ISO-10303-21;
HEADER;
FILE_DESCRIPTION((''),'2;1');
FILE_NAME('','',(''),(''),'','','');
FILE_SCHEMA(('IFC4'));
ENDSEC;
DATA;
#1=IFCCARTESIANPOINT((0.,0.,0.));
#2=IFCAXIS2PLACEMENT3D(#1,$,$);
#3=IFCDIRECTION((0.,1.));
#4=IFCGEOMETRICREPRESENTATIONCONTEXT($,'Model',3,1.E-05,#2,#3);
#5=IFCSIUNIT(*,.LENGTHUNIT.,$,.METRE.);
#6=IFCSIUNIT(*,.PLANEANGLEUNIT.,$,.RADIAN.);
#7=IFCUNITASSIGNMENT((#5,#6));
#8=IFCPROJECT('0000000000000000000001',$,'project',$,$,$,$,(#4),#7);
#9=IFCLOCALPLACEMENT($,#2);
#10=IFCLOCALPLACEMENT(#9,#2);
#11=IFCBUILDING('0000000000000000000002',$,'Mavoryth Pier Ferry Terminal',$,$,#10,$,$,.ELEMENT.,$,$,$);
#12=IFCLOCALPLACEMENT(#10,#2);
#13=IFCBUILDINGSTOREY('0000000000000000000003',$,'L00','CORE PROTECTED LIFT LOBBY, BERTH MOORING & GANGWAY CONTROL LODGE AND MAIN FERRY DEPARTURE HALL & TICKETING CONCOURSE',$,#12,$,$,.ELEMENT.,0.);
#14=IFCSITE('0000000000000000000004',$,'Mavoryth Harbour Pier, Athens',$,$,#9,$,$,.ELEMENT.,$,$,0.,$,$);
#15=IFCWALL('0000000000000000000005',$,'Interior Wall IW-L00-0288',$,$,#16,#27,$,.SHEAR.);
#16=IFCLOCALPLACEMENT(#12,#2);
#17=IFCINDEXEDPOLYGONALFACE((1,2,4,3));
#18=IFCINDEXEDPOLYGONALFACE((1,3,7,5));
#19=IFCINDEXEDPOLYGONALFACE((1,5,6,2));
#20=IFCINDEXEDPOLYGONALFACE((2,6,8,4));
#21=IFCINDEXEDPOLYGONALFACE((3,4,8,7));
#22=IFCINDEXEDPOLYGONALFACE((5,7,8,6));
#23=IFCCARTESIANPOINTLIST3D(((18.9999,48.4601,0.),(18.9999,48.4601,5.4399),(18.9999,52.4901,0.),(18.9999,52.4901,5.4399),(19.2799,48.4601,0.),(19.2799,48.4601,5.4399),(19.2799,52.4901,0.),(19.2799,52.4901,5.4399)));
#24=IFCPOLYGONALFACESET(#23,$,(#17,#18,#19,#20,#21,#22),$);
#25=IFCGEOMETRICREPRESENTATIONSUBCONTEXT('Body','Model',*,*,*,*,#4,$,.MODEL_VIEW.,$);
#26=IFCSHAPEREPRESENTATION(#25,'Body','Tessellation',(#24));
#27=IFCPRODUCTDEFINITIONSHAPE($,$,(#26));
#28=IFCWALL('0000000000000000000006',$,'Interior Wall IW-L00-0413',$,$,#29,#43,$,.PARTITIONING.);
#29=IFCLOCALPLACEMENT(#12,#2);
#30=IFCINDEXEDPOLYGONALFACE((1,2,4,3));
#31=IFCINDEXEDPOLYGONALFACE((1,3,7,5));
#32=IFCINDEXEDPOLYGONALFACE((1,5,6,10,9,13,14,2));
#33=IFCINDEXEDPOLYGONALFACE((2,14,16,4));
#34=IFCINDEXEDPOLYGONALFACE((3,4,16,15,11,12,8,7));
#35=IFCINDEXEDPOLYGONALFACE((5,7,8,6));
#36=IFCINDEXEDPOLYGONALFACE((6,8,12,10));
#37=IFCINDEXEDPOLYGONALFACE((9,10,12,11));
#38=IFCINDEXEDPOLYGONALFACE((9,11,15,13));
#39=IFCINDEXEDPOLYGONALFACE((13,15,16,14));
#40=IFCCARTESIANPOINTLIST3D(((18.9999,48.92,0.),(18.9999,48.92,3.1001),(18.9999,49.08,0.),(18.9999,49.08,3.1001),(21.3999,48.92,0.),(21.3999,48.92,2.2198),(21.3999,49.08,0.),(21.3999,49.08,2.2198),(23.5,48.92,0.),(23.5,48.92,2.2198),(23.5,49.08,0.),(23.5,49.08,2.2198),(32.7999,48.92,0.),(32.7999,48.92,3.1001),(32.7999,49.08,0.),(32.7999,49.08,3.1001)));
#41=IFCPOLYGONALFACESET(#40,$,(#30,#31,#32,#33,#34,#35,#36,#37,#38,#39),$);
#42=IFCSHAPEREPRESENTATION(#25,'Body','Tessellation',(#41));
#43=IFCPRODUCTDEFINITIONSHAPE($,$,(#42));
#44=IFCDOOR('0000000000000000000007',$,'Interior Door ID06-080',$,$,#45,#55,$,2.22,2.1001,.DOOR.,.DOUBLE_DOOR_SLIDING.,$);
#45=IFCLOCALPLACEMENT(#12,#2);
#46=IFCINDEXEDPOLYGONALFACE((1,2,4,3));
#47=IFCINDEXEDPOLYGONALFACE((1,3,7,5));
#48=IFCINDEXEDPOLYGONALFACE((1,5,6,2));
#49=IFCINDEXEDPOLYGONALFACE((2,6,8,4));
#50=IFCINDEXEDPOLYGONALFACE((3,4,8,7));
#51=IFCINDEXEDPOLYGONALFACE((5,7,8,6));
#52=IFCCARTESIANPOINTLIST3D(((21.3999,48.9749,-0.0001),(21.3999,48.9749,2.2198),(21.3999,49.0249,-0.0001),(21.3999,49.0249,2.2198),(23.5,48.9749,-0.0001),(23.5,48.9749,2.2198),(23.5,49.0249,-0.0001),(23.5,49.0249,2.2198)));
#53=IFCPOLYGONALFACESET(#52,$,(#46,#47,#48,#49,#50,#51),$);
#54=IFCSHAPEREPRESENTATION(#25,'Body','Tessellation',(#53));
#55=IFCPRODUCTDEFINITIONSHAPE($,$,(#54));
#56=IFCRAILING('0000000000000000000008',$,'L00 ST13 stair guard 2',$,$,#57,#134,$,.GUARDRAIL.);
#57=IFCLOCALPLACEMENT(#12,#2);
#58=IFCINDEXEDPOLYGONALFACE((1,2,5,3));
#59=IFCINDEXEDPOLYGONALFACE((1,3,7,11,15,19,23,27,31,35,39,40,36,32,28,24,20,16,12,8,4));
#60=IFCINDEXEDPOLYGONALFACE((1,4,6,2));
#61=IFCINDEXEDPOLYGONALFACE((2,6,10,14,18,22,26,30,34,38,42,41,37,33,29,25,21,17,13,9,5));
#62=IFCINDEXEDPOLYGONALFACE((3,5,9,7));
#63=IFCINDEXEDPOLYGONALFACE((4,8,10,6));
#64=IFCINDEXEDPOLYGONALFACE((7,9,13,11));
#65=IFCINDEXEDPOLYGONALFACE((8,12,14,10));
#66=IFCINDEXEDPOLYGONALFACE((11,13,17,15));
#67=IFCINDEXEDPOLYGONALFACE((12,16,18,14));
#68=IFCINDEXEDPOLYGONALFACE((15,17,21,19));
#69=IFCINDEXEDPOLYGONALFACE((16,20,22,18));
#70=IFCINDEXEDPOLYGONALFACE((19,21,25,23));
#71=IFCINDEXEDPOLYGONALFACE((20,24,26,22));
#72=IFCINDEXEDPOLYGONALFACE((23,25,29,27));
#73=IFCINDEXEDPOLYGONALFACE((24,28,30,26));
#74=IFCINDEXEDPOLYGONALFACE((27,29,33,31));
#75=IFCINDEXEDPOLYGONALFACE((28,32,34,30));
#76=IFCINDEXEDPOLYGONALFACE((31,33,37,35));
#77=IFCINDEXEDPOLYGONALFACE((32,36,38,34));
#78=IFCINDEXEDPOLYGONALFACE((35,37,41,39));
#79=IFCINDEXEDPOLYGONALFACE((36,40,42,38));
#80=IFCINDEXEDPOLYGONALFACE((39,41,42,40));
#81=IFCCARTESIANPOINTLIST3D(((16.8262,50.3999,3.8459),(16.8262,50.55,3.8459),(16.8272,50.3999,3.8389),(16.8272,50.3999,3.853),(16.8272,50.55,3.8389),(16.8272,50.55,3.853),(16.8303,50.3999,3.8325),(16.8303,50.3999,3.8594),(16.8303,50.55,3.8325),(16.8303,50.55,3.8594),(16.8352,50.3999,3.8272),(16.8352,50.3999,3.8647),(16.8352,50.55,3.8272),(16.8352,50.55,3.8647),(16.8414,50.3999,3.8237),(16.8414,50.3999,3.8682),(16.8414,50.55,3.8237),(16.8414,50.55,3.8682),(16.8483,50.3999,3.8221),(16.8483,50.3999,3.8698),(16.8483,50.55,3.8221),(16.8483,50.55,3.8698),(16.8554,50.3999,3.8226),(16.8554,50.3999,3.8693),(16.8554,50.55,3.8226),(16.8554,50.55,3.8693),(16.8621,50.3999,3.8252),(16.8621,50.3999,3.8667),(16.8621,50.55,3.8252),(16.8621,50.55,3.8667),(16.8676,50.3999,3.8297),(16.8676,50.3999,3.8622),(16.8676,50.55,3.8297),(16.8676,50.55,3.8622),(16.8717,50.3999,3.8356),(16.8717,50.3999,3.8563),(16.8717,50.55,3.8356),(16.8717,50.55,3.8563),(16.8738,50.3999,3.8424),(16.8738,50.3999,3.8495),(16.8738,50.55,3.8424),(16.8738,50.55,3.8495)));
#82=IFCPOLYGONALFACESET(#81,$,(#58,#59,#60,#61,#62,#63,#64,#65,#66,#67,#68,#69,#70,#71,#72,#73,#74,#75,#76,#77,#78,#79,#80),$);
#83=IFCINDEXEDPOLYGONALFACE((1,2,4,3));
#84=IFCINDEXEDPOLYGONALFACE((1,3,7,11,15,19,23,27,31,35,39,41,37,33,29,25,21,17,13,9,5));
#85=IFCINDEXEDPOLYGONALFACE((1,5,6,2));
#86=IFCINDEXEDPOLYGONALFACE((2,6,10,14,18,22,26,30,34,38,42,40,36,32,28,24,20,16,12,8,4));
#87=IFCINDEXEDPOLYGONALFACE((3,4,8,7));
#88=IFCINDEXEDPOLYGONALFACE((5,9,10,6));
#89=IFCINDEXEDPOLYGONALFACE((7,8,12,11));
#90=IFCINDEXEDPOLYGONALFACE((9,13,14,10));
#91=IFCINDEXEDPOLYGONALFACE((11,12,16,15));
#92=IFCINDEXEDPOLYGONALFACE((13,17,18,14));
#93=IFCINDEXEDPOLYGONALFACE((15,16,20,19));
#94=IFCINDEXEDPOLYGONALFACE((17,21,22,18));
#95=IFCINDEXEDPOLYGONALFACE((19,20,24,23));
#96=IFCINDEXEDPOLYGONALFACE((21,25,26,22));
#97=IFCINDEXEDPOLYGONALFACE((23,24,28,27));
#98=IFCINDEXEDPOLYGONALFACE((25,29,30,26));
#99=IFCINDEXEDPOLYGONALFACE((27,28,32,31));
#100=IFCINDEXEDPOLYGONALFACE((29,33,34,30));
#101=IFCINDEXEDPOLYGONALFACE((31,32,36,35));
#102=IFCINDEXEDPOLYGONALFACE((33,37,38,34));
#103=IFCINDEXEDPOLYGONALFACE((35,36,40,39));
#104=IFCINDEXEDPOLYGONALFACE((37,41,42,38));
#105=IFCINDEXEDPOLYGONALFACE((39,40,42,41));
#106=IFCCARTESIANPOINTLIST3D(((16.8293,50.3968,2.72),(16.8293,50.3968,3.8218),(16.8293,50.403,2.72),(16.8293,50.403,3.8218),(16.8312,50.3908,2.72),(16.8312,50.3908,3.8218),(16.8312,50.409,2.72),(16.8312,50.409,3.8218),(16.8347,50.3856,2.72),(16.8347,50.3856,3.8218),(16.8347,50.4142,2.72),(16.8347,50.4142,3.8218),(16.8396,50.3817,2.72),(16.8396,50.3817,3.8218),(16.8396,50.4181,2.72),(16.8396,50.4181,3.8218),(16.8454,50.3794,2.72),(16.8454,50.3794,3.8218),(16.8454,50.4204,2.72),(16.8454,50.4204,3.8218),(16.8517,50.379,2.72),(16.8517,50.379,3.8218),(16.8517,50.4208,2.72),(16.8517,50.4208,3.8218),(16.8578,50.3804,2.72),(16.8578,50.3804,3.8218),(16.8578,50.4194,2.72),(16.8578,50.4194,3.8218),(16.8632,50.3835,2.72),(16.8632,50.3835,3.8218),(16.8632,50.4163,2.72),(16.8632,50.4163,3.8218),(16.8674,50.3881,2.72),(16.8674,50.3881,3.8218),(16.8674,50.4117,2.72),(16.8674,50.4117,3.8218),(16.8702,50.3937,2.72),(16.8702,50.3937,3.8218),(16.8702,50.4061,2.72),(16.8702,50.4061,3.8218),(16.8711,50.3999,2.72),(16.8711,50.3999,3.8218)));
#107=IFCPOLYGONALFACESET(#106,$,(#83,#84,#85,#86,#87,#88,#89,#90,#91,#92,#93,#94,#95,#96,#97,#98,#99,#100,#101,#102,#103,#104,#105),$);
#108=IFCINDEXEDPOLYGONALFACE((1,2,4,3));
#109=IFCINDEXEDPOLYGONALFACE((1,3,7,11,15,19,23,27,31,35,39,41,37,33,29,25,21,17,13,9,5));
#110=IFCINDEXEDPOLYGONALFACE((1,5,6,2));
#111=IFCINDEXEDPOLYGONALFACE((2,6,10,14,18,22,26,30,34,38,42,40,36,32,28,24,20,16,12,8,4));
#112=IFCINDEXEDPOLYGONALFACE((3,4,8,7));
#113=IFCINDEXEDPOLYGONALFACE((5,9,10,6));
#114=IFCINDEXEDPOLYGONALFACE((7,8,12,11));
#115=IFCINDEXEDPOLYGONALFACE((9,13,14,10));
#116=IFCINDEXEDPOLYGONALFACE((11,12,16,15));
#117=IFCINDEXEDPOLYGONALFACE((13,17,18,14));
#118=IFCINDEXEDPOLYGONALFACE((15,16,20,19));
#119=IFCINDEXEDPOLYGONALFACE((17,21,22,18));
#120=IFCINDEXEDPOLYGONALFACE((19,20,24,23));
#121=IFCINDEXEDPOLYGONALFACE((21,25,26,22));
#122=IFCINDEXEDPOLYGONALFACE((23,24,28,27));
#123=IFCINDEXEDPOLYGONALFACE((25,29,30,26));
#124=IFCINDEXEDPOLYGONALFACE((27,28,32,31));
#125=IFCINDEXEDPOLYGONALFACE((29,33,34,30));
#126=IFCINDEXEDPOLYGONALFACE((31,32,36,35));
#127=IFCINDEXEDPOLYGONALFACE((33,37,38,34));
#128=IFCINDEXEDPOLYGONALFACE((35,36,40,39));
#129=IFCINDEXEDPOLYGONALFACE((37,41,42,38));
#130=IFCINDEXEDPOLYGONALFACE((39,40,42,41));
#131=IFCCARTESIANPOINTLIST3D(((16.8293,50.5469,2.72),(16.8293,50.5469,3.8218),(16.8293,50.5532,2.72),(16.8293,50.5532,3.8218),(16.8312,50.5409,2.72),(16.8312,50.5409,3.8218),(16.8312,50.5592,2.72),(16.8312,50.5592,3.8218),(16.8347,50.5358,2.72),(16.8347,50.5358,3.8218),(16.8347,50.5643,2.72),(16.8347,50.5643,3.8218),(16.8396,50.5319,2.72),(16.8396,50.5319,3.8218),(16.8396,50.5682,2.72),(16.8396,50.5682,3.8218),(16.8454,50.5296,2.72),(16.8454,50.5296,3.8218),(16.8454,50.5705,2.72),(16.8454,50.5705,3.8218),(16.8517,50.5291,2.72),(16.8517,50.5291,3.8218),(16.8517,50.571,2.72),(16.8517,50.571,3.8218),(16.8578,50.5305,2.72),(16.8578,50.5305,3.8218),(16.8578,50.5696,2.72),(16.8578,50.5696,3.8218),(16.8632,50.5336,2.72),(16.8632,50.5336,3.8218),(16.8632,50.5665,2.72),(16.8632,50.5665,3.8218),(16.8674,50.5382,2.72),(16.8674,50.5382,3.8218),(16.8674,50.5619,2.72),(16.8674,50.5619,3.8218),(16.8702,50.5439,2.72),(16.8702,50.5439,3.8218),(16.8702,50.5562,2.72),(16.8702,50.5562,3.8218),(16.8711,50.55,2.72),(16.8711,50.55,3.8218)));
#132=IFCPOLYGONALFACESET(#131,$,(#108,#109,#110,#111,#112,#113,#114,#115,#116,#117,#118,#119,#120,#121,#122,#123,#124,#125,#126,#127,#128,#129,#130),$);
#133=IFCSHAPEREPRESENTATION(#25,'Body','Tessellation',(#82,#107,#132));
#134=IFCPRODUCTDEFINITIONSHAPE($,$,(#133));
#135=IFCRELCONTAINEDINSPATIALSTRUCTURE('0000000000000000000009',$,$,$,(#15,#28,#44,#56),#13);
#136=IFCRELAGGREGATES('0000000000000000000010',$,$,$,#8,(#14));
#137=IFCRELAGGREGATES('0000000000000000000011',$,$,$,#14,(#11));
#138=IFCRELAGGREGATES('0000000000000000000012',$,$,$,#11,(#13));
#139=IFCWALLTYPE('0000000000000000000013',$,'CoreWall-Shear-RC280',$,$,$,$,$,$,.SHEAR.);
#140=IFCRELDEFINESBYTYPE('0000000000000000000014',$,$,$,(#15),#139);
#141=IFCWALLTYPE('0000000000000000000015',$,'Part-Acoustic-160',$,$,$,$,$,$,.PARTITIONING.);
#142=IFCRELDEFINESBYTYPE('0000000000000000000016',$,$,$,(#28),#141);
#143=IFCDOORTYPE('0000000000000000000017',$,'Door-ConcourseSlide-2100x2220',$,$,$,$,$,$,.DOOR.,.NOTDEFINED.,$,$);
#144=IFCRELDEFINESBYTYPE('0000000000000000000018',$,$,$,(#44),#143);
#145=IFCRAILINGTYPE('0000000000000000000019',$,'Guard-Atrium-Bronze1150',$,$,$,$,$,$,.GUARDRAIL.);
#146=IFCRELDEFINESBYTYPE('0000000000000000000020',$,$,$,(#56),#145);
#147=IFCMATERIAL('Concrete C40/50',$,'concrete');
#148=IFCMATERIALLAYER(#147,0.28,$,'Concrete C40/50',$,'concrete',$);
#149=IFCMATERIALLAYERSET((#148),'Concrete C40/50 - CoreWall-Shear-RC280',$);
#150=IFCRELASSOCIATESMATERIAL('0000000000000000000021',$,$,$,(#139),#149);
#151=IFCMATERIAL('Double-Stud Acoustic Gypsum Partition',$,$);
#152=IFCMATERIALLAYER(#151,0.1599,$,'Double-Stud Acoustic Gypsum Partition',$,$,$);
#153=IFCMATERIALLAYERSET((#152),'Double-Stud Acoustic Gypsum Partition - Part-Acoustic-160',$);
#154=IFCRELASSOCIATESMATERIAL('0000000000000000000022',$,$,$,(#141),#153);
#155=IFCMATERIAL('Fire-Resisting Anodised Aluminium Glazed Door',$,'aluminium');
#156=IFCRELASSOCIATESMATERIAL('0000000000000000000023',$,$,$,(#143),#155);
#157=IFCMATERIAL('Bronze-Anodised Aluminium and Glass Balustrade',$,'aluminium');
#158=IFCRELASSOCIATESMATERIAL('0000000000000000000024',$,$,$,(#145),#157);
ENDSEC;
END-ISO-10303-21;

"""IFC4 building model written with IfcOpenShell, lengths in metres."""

from ifc_helpers import new_model, si_unit, direction, frame, frame_2d, origin, origin_2d, place, context, subcontext, project, spatial, rectangle, circle, extrude, material, layer, layer_set, type_object, element, fill, save


model = new_model("IFC4")

# Units and contexts
model_context = context("Model", 3, precision=1e-05, world=origin(), true_north=direction((0.0, 1.0)))
body_context = subcontext(model_context, "Body", "Model", "MODEL_VIEW")
ifc_project = project(units=[si_unit("LENGTHUNIT", "METRE"), si_unit("PLANEANGLEUNIT", "RADIAN")], contexts=[model_context])

# Site, building, storey
site_placement = place(None, origin())
site = spatial("IfcSite", under=ifc_project, at=site_placement, Name="Mavoryth Harbour Pier, Athens", CompositionType="ELEMENT", RefElevation=0.0)
building_placement = place(site_placement, origin())
building = spatial("IfcBuilding", under=site, at=building_placement, Name="Mavoryth Pier Ferry Terminal", CompositionType="ELEMENT")
storey_placement = place(building_placement, origin())
storey = spatial("IfcBuildingStorey", under=building, at=storey_placement, Name="L00", Description="CORE PROTECTED LIFT LOBBY, BERTH MOORING & GANGWAY CONTROL LODGE AND MAIN FERRY DEPARTURE HALL & TICKETING CONCOURSE", CompositionType="ELEMENT", Elevation=0.0)

# Shared definitions
ifc_material_1 = material(Name="Concrete C40/50", Category="concrete")

# Wall
ifc_layer_1 = layer(ifc_material_1, 0.28, Name="Concrete C40/50", Category="concrete")
ifc_layer_set_1 = layer_set([ifc_layer_1], Name="Concrete C40/50 - CoreWall-Shear-RC280")
wall_type_1 = type_object("IfcWallType", Name="CoreWall-Shear-RC280", PredefinedType="SHEAR", material=ifc_layer_set_1)
wall_1_placement = place(storey_placement, frame((19.1399, 48.46, 0.0), z_axis=(0.0, 0.0, 1.0), x_axis=(0.0, 1.0, 0.0)))
element("IfcWall", 1, at=wall_1_placement, inside=storey, type_object=wall_type_1, Name="Interior Wall IW-L00-0288", PredefinedType="SHEAR", context=body_context, shape_type="SweptSolid", body=[
    extrude(rectangle(XDim=4.03, YDim=0.28, at=frame_2d((2.0151, 0.0))), origin(), (0.0, 0.0, 1.0), 5.4399),
])

# Wall, opening, door
ifc_material_2 = material(Name="Double-Stud Acoustic Gypsum Partition")
ifc_layer_2 = layer(ifc_material_2, 0.1599, Name="Double-Stud Acoustic Gypsum Partition")
ifc_layer_set_2 = layer_set([ifc_layer_2], Name="Double-Stud Acoustic Gypsum Partition - Part-Acoustic-160")
wall_type_2 = type_object("IfcWallType", Name="Part-Acoustic-160", PredefinedType="PARTITIONING", material=ifc_layer_set_2)
wall_2_placement = place(storey_placement, frame((19.0, 49.0, 0.0), z_axis=(0.0, 0.0, 1.0), x_axis=(1.0, 0.0, 0.0)))
wall_2 = element("IfcWall", 2, at=wall_2_placement, inside=storey, type_object=wall_type_2, Name="Interior Wall IW-L00-0413", PredefinedType="PARTITIONING", context=body_context, shape_type="SweptSolid", body=[
    extrude(rectangle(XDim=13.8, YDim=0.1599, at=frame_2d((6.8999, 0.0))), origin(), (0.0, 0.0, 1.0), 3.1001),
])
opening_placement = place(wall_2_placement, frame((2.3999, 0.0, 0.0)))
opening = element("IfcOpeningElement", 3, at=opening_placement, cuts=wall_2, PredefinedType="OPENING", context=body_context, shape_type="SweptSolid", body=[
    extrude(rectangle(XDim=2.1001, YDim=2.22, at=frame_2d((1.05, 1.1099))), frame((0.0, 0.0898, 0.0), z_axis=(0.0, -1.0, 0.0), x_axis=(1.0, 0.0, 0.0)), (0.0, 0.0, 1.0), 0.1799),
])
ifc_material_3 = material(Name="Fire-Resisting Anodised Aluminium Glazed Door", Category="aluminium")
door_type = type_object("IfcDoorType", Name="Door-ConcourseSlide-2100x2220", OperationType="NOTDEFINED", PredefinedType="DOOR", material=ifc_material_3)
door_placement = place(opening_placement, origin())
door = element("IfcDoor", 4, at=door_placement, inside=storey, type_object=door_type, Name="Interior Door ID06-080", OperationType="DOUBLE_DOOR_SLIDING", OverallHeight=2.22, OverallWidth=2.1001, PredefinedType="DOOR", context=body_context, shape_type="SweptSolid", body=[
    extrude(rectangle(XDim=2.1001, YDim=2.22, at=frame_2d((1.05, 1.1099))), frame((0.0, 0.0249, 0.0), z_axis=(0.0, -1.0, 0.0), x_axis=(1.0, 0.0, 0.0)), (0.0, 0.0, 1.0), 0.05),
])
fill(opening, door)

# Railing
ifc_material_4 = material(Name="Bronze-Anodised Aluminium and Glass Balustrade", Category="aluminium")
railing_type = type_object("IfcRailingType", Name="Guard-Atrium-Bronze1150", PredefinedType="GUARDRAIL", material=ifc_material_4)
railing_placement = place(storey_placement, frame((16.8501, 50.3999, 2.72)))
element("IfcRailing", 5, at=railing_placement, inside=storey, type_object=railing_type, Name="L00 ST13 stair guard 2", PredefinedType="GUARDRAIL", context=body_context, shape_type="SweptSolid", body=[
    extrude(circle(Radius=0.0239, at=origin_2d()), frame((0.0, 0.0, 1.126), z_axis=(0.0, 1.0, 0.0), x_axis=(-1.0, 0.0, 0.0)), (0.0, 0.0, 1.0), 0.1501),
    extrude(circle(Radius=0.021, at=origin_2d()), origin(), (0.0, 0.0, 1.0), 1.1018),
    extrude(circle(Radius=0.021, at=origin_2d()), frame((0.0, 0.1501, 0.0)), (0.0, 0.0, 1.0), 1.1018),
])

save(model, "model.ifc")
